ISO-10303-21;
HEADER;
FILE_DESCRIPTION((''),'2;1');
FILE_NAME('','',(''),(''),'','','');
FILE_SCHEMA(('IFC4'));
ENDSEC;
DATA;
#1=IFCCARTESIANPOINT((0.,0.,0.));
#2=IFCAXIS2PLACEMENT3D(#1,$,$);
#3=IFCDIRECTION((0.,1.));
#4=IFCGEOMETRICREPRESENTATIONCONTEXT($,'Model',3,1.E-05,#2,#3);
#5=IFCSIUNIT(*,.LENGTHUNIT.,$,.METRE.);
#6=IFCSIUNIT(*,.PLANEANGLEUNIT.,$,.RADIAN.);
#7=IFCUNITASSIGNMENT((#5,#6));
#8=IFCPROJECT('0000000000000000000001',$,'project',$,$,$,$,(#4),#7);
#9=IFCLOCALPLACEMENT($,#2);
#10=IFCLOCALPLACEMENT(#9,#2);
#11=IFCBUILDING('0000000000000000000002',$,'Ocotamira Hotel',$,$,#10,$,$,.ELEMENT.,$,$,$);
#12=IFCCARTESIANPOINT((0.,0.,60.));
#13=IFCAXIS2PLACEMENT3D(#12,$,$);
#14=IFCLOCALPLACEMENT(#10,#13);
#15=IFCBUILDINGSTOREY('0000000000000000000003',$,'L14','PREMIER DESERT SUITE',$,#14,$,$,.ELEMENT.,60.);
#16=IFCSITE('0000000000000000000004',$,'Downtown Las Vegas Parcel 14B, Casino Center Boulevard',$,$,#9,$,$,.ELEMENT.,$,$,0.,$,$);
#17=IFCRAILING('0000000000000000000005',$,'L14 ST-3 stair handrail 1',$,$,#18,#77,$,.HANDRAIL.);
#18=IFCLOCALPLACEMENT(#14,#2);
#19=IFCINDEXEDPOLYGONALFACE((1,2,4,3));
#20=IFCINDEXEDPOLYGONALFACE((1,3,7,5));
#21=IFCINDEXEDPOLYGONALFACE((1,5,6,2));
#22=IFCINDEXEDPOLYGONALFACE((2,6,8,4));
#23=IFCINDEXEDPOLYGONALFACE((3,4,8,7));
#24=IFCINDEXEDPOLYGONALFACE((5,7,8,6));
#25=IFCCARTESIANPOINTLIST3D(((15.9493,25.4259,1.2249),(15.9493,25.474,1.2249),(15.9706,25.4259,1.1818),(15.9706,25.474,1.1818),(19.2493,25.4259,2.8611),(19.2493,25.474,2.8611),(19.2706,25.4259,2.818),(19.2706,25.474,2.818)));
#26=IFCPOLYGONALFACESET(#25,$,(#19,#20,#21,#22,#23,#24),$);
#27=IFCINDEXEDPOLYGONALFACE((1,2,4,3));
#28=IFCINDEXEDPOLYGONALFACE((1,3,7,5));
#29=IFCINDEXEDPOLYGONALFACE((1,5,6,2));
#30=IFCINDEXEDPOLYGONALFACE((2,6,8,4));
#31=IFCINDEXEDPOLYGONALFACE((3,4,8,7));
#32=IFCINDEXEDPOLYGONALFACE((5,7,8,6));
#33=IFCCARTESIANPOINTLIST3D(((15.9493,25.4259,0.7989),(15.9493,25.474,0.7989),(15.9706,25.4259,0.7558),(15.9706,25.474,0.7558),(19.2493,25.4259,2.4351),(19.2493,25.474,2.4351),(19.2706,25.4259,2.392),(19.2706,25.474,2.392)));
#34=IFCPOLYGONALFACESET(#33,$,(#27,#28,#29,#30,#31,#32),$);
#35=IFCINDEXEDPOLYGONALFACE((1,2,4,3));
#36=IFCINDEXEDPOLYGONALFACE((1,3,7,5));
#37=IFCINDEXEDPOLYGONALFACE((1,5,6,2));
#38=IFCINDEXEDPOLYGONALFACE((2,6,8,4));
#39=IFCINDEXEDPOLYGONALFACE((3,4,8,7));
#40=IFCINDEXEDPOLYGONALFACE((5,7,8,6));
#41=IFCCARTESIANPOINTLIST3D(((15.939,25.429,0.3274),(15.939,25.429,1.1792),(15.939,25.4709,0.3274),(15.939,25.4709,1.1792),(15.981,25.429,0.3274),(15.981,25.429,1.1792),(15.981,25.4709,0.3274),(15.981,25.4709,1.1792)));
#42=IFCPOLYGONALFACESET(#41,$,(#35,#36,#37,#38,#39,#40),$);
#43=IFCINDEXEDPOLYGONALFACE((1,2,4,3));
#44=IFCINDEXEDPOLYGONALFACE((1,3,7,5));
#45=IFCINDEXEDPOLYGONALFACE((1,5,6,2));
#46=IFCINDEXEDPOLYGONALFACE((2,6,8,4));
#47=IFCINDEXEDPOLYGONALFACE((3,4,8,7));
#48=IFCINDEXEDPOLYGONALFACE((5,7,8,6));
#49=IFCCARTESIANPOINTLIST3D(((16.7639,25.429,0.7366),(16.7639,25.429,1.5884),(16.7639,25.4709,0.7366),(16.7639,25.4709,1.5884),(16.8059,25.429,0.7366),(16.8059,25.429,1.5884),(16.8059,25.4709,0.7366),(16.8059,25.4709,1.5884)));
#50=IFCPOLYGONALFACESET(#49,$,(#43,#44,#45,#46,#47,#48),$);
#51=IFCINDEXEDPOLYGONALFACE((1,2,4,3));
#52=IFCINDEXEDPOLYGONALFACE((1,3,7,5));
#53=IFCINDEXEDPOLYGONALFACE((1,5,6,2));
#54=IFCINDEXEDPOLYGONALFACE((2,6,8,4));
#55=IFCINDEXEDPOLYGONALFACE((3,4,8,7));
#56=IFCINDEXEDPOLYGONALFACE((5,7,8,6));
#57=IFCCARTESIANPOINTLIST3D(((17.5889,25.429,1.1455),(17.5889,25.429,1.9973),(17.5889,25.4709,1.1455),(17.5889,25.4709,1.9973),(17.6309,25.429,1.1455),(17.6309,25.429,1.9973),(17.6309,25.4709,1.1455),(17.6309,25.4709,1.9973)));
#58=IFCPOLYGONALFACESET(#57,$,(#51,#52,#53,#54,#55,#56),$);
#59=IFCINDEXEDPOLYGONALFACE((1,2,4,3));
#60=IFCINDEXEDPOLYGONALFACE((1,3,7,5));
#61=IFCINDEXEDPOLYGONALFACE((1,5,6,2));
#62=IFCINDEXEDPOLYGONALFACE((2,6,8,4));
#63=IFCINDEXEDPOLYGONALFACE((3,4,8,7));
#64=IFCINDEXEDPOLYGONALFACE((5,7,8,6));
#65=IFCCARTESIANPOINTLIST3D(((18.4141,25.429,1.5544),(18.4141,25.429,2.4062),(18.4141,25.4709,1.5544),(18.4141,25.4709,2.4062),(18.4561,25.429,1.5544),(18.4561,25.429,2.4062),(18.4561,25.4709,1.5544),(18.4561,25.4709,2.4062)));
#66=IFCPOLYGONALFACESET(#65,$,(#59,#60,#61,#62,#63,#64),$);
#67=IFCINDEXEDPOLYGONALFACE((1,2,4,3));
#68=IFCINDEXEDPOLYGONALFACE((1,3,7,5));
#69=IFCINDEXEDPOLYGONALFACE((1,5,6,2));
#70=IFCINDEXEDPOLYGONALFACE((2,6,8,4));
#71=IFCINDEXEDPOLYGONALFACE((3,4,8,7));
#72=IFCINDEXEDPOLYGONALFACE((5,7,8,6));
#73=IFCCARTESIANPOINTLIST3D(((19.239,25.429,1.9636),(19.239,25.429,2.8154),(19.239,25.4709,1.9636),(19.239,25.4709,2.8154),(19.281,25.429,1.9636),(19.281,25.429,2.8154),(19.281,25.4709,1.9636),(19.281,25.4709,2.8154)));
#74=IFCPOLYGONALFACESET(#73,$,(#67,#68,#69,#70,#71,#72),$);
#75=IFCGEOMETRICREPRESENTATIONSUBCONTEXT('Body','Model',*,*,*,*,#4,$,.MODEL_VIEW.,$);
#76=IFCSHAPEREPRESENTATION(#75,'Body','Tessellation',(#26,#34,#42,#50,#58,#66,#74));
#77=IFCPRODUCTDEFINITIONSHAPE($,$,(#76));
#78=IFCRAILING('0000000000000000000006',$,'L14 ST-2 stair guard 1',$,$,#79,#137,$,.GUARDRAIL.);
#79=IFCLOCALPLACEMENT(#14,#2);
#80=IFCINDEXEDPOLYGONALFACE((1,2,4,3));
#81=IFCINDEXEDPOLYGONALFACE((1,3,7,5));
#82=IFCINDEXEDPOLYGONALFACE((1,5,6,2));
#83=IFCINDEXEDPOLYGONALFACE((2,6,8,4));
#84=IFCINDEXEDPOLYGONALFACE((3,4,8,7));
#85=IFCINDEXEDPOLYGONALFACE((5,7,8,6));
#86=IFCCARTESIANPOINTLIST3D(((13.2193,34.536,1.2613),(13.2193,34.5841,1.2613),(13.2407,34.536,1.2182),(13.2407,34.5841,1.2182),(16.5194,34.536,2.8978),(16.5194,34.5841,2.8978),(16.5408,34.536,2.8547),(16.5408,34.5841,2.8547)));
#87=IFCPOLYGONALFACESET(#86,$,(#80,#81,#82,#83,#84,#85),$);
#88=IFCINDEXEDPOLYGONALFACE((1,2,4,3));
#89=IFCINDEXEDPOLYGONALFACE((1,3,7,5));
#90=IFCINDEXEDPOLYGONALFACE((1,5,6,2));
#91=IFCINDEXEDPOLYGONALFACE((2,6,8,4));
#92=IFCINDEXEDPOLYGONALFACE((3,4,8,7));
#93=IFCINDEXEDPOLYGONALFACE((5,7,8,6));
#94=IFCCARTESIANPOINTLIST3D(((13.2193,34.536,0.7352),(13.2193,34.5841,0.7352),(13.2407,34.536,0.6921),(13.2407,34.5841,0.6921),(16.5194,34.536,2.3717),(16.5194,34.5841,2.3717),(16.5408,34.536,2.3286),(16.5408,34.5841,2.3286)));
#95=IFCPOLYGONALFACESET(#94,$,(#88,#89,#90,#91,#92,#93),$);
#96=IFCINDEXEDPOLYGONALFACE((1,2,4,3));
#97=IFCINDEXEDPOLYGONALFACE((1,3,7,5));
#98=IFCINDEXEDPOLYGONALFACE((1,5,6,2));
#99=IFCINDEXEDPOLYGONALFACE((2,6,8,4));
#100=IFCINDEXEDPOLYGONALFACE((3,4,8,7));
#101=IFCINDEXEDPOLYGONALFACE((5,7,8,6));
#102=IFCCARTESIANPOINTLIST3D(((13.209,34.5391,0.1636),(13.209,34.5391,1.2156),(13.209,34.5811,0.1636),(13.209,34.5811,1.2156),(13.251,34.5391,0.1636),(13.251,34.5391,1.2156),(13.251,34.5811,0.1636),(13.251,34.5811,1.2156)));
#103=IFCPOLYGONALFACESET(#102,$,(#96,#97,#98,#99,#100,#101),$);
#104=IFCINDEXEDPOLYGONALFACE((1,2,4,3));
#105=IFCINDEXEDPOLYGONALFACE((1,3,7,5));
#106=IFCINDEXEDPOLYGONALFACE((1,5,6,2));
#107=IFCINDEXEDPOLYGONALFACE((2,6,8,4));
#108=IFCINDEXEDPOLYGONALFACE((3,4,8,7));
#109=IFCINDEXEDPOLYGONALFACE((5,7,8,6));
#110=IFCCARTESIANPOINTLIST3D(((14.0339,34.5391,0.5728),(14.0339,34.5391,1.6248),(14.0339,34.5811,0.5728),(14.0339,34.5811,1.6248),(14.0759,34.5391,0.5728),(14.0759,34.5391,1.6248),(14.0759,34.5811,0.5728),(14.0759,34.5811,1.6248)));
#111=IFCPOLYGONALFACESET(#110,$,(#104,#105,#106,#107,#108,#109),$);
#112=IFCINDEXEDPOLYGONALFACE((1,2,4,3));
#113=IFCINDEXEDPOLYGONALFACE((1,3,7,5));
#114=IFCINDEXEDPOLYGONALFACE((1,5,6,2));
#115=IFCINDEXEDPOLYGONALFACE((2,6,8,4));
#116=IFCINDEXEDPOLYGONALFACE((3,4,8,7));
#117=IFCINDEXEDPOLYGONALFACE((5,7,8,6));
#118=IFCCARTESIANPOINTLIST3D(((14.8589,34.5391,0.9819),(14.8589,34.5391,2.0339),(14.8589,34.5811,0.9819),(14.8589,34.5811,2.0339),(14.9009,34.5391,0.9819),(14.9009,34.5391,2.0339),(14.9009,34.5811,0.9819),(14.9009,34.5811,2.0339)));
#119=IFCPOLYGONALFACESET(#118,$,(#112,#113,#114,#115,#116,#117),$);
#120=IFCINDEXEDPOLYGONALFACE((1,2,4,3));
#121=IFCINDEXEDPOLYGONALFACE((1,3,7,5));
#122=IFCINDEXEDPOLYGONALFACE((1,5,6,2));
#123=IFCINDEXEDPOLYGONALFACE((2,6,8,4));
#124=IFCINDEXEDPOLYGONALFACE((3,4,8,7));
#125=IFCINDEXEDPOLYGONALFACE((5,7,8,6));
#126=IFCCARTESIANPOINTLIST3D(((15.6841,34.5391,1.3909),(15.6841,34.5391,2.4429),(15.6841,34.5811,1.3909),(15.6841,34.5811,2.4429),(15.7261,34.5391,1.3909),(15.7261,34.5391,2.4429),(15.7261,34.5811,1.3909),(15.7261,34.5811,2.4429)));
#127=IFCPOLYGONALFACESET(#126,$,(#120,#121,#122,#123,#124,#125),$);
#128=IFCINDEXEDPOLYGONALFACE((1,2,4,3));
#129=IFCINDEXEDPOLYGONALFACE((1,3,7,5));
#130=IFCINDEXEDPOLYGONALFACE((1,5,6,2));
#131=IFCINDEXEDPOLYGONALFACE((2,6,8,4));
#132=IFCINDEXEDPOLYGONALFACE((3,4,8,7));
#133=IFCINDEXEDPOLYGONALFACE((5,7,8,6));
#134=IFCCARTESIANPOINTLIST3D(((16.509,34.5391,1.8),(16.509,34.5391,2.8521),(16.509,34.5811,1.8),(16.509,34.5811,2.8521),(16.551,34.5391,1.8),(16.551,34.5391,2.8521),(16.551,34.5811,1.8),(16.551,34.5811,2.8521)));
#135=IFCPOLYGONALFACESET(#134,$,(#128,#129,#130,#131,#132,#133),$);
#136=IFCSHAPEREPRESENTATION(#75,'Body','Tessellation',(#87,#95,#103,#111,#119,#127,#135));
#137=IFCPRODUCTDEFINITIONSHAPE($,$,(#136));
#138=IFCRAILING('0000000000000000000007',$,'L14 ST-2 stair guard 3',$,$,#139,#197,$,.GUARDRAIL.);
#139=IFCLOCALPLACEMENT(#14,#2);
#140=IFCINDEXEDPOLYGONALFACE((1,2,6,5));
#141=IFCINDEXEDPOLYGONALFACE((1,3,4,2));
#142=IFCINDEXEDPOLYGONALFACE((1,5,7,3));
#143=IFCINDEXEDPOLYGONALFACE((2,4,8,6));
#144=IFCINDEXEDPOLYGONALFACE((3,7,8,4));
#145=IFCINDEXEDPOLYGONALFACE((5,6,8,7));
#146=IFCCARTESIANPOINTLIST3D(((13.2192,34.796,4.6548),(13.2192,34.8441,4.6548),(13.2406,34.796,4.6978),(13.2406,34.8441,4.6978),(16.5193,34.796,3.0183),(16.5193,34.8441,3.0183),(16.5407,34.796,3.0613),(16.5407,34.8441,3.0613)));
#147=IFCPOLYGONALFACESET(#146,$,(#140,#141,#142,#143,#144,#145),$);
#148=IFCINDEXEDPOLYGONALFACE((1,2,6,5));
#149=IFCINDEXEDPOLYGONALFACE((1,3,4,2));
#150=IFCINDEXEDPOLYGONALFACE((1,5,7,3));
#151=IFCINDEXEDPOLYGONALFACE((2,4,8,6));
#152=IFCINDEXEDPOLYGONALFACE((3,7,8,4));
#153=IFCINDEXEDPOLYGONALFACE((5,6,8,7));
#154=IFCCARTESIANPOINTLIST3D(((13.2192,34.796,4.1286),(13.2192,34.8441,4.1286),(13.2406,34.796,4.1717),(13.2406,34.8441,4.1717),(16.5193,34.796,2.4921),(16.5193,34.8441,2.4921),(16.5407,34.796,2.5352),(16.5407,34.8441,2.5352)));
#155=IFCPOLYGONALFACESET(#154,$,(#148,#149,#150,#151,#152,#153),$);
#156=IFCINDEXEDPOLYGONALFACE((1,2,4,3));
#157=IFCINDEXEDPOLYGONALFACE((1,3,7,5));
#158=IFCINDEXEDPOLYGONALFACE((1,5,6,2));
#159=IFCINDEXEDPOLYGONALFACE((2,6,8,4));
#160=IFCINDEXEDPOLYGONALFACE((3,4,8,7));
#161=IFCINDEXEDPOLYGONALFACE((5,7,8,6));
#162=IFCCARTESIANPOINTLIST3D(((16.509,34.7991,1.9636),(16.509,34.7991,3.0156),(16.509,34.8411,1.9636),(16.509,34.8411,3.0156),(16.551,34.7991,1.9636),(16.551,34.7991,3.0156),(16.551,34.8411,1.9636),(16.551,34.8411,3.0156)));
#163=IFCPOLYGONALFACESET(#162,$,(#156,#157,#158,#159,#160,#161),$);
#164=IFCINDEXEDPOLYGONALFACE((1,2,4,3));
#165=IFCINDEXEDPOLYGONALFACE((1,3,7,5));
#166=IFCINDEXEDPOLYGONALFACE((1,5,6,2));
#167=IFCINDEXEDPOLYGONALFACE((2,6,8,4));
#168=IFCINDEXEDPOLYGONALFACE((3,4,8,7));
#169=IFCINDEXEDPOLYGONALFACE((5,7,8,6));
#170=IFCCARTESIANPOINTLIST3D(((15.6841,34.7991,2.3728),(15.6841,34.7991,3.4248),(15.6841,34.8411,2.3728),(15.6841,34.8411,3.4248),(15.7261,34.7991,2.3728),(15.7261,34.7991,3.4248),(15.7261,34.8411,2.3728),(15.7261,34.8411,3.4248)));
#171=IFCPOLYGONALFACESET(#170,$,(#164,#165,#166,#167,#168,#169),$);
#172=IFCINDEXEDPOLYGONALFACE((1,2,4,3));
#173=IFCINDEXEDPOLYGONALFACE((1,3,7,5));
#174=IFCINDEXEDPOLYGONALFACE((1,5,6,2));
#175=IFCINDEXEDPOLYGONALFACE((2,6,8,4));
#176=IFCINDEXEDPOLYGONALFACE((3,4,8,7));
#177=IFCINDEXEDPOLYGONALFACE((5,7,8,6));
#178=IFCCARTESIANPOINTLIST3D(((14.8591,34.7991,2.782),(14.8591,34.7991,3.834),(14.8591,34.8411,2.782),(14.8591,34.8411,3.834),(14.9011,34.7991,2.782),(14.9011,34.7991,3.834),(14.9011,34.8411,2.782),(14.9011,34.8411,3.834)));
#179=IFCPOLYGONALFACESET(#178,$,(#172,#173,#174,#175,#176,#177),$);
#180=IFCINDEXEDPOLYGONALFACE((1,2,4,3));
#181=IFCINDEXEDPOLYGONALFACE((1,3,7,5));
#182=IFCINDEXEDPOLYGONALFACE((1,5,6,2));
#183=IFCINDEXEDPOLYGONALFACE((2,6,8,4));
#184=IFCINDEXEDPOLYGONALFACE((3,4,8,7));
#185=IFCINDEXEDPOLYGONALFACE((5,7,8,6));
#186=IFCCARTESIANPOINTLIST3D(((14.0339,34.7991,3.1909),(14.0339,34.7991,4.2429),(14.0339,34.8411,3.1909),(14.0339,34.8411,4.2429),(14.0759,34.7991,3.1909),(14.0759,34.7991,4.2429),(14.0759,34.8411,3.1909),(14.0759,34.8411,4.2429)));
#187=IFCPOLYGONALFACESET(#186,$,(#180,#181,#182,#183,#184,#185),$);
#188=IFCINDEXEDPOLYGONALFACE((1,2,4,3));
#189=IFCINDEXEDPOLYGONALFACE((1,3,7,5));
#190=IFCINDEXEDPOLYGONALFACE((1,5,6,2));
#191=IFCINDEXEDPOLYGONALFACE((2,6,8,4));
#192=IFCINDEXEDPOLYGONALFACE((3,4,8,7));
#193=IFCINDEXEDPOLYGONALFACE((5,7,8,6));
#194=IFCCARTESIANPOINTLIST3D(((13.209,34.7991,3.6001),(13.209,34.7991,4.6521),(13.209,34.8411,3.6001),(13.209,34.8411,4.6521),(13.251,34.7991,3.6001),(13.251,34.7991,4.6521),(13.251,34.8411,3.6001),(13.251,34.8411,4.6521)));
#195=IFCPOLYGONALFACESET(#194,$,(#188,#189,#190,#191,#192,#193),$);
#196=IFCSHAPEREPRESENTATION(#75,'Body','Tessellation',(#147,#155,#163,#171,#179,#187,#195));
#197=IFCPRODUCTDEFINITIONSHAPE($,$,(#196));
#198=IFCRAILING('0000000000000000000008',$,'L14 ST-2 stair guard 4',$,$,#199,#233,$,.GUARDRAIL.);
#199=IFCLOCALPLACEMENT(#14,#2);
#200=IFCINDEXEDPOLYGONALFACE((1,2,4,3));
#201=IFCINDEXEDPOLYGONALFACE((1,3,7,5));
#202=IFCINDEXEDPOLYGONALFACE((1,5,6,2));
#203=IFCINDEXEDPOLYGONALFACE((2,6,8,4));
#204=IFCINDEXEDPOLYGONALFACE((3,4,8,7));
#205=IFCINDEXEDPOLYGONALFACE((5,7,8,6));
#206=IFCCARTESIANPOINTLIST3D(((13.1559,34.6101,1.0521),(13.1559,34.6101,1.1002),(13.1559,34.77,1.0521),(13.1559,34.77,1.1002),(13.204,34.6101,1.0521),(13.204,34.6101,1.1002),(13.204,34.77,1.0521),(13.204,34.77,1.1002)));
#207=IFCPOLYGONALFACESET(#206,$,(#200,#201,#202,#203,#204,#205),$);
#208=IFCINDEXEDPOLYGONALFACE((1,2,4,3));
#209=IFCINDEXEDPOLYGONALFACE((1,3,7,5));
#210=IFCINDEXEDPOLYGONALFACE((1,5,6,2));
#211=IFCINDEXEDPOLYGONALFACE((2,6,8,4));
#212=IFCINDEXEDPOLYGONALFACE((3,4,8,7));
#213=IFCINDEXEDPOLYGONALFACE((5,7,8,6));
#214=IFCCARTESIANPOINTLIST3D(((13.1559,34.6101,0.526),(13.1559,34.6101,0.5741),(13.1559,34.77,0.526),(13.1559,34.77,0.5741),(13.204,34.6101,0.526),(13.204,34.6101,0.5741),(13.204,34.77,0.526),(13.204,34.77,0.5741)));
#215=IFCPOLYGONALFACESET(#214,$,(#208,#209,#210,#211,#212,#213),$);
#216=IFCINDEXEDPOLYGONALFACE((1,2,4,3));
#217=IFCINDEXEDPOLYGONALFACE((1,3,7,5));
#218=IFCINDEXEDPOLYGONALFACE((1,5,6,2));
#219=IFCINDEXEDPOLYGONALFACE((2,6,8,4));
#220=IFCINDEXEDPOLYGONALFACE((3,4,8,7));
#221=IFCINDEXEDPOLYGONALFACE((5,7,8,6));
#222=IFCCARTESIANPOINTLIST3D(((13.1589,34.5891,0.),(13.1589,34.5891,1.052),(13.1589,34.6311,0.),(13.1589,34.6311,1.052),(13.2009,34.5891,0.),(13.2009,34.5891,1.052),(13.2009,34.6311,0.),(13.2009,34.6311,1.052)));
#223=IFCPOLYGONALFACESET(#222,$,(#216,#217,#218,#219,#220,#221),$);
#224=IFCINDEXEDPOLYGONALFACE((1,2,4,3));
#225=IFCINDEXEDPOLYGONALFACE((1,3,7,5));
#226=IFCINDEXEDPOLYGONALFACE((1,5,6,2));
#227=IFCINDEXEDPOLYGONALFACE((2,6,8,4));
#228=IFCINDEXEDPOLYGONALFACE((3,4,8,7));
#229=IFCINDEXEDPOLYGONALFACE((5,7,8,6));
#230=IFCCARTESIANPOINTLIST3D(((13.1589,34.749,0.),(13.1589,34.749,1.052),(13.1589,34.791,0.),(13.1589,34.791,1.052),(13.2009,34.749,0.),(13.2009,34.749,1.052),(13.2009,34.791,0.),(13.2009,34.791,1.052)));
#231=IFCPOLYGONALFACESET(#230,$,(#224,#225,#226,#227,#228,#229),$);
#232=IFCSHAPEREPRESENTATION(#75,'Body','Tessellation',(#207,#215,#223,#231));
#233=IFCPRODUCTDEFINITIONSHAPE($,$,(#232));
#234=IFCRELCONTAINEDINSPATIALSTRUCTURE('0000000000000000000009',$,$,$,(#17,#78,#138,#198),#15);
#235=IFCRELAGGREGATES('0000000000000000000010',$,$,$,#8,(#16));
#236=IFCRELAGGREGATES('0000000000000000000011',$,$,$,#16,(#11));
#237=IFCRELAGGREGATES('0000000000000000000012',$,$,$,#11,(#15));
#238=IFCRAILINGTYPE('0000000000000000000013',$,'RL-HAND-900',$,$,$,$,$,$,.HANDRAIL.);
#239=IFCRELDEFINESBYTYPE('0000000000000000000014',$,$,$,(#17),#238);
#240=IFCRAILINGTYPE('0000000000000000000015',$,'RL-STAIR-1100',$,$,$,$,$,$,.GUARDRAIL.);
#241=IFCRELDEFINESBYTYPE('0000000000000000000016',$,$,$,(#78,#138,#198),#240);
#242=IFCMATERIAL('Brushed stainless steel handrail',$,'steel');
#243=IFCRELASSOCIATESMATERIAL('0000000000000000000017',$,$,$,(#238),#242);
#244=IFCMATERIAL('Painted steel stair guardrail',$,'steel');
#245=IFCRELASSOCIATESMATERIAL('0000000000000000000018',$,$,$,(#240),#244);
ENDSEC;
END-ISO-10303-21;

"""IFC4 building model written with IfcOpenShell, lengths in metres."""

from ifc_helpers import new_model, si_unit, direction, frame, origin, origin_2d, place, context, subcontext, project, spatial, rectangle, extrude, material, type_object, element, save


model = new_model("IFC4")

# Units and contexts
model_context = context("Model", 3, precision=1e-05, world=origin(), true_north=direction((0.0, 1.0)))
body_context = subcontext(model_context, "Body", "Model", "MODEL_VIEW")
ifc_project = project(units=[si_unit("LENGTHUNIT", "METRE"), si_unit("PLANEANGLEUNIT", "RADIAN")], contexts=[model_context])

# Site, building, storey
site_placement = place(None, origin())
site = spatial("IfcSite", under=ifc_project, at=site_placement, Name="Downtown Las Vegas Parcel 14B, Casino Center Boulevard", CompositionType="ELEMENT", RefElevation=0.0)
building_placement = place(site_placement, origin())
building = spatial("IfcBuilding", under=site, at=building_placement, Name="Ocotamira Hotel", CompositionType="ELEMENT")
storey_placement = place(building_placement, frame((0.0, 0.0, 60.0)))
storey = spatial("IfcBuildingStorey", under=building, at=storey_placement, Name="L14", Description="PREMIER DESERT SUITE", CompositionType="ELEMENT", Elevation=60.0)

# Railings
ifc_material_1 = material(Name="Brushed stainless steel handrail", Category="steel")
railing_type_1 = type_object("IfcRailingType", Name="RL-HAND-900", PredefinedType="HANDRAIL", material=ifc_material_1)
railing_1_placement = place(storey_placement, frame((15.96, 25.45, 0.3274)))
element("IfcRailing", 1, at=railing_1_placement, inside=storey, type_object=railing_type_1, Name="L14 ST-3 stair handrail 1", PredefinedType="HANDRAIL", context=body_context, shape_type="SweptSolid", body=[
    extrude(rectangle(XDim=0.0481, YDim=0.0481, at=origin_2d()), frame((0.0, 0.0, 0.876), z_axis=(0.89592, 0.0, 0.444215), x_axis=(0.0, 1.0, 0.0)), (0.0, 0.0, 1.0), 3.6833),
    extrude(rectangle(XDim=0.0481, YDim=0.0481, at=origin_2d()), frame((0.0, 0.0, 0.45), z_axis=(0.89592, 0.0, 0.444215), x_axis=(0.0, 1.0, 0.0)), (0.0, 0.0, 1.0), 3.6833),
    extrude(rectangle(XDim=0.042, YDim=0.042, at=origin_2d()), origin(), (0.0, 0.0, 1.0), 0.8518),
    extrude(rectangle(XDim=0.042, YDim=0.042, at=origin_2d()), frame((0.825, 0.0, 0.4092)), (0.0, 0.0, 1.0), 0.8518),
    extrude(rectangle(XDim=0.042, YDim=0.042, at=origin_2d()), frame((1.6499, 0.0, 0.8181)), (0.0, 0.0, 1.0), 0.8518),
    extrude(rectangle(XDim=0.042, YDim=0.042, at=origin_2d()), frame((2.4751, 0.0, 1.2271)), (0.0, 0.0, 1.0), 0.8518),
    extrude(rectangle(XDim=0.042, YDim=0.042, at=origin_2d()), frame((3.3, 0.0, 1.6362)), (0.0, 0.0, 1.0), 0.8518),
])
ifc_material_2 = material(Name="Painted steel stair guardrail", Category="steel")
railing_type_2 = type_object("IfcRailingType", Name="RL-STAIR-1100", PredefinedType="GUARDRAIL", material=ifc_material_2)
railing_2_placement = place(storey_placement, frame((13.23, 34.5601, 0.1636)))
element("IfcRailing", 2, at=railing_2_placement, inside=storey, type_object=railing_type_2, Name="L14 ST-2 stair guard 1", PredefinedType="GUARDRAIL", context=body_context, shape_type="SweptSolid", body=[
    extrude(rectangle(XDim=0.0481, YDim=0.0481, at=origin_2d()), frame((0.0, 0.0, 1.0762), z_axis=(0.895894, 0.0, 0.444268), x_axis=(0.0, 1.0, 0.0)), (0.0, 0.0, 1.0), 3.6836),
    extrude(rectangle(XDim=0.0481, YDim=0.0481, at=origin_2d()), frame((0.0, 0.0, 0.55), z_axis=(0.895894, 0.0, 0.444268), x_axis=(0.0, 1.0, 0.0)), (0.0, 0.0, 1.0), 3.6836),
    extrude(rectangle(XDim=0.042, YDim=0.042, at=origin_2d()), origin(), (0.0, 0.0, 1.0), 1.052),
    extrude(rectangle(XDim=0.042, YDim=0.042, at=origin_2d()), frame((0.825, 0.0, 0.4092)), (0.0, 0.0, 1.0), 1.052),
    extrude(rectangle(XDim=0.042, YDim=0.042, at=origin_2d()), frame((1.6499, 0.0, 0.8184)), (0.0, 0.0, 1.0), 1.052),
    extrude(rectangle(XDim=0.042, YDim=0.042, at=origin_2d()), frame((2.4751, 0.0, 1.2273)), (0.0, 0.0, 1.0), 1.052),
    extrude(rectangle(XDim=0.042, YDim=0.042, at=origin_2d()), frame((3.3, 0.0, 1.6365)), (0.0, 0.0, 1.0), 1.052),
])
railing_3_placement = place(storey_placement, frame((16.53, 34.8201, 1.9636)))
element("IfcRailing", 3, at=railing_3_placement, inside=storey, type_object=railing_type_2, Name="L14 ST-2 stair guard 3", PredefinedType="GUARDRAIL", context=body_context, shape_type="SweptSolid", body=[
    extrude(rectangle(XDim=0.0481, YDim=0.0481, at=origin_2d()), frame((0.0, 0.0, 1.0762), z_axis=(-0.895894, 0.0, 0.444268), x_axis=(0.0, -1.0, 0.0)), (0.0, 0.0, 1.0), 3.6836),
    extrude(rectangle(XDim=0.0481, YDim=0.0481, at=origin_2d()), frame((0.0, 0.0, 0.55), z_axis=(-0.895894, 0.0, 0.444268), x_axis=(0.0, -1.0, 0.0)), (0.0, 0.0, 1.0), 3.6836),
    extrude(rectangle(XDim=0.042, YDim=0.042, at=origin_2d()), origin(), (0.0, 0.0, 1.0), 1.052),
    extrude(rectangle(XDim=0.042, YDim=0.042, at=origin_2d()), frame((-0.825, 0.0, 0.4092)), (0.0, 0.0, 1.0), 1.052),
    extrude(rectangle(XDim=0.042, YDim=0.042, at=origin_2d()), frame((-1.6499, 0.0, 0.8184)), (0.0, 0.0, 1.0), 1.052),
    extrude(rectangle(XDim=0.042, YDim=0.042, at=origin_2d()), frame((-2.4751, 0.0, 1.2273)), (0.0, 0.0, 1.0), 1.052),
    extrude(rectangle(XDim=0.042, YDim=0.042, at=origin_2d()), frame((-3.3, 0.0, 1.6365)), (0.0, 0.0, 1.0), 1.052),
])
railing_4_placement = place(storey_placement, frame((13.1799, 34.6101, 0.0)))
element("IfcRailing", 4, at=railing_4_placement, inside=storey, type_object=railing_type_2, Name="L14 ST-2 stair guard 4", PredefinedType="GUARDRAIL", context=body_context, shape_type="SweptSolid", body=[
    extrude(rectangle(XDim=0.0481, YDim=0.0481, at=origin_2d()), frame((0.0, 0.0, 1.0762), z_axis=(0.0, 1.0, 0.0), x_axis=(-1.0, 0.0, 0.0)), (0.0, 0.0, 1.0), 0.1599),
    extrude(rectangle(XDim=0.0481, YDim=0.0481, at=origin_2d()), frame((0.0, 0.0, 0.55), z_axis=(0.0, 1.0, 0.0), x_axis=(-1.0, 0.0, 0.0)), (0.0, 0.0, 1.0), 0.1599),
    extrude(rectangle(XDim=0.042, YDim=0.042, at=origin_2d()), origin(), (0.0, 0.0, 1.0), 1.052),
    extrude(rectangle(XDim=0.042, YDim=0.042, at=origin_2d()), frame((0.0, 0.1599, 0.0)), (0.0, 0.0, 1.0), 1.052),
])

save(model, "model.ifc")
